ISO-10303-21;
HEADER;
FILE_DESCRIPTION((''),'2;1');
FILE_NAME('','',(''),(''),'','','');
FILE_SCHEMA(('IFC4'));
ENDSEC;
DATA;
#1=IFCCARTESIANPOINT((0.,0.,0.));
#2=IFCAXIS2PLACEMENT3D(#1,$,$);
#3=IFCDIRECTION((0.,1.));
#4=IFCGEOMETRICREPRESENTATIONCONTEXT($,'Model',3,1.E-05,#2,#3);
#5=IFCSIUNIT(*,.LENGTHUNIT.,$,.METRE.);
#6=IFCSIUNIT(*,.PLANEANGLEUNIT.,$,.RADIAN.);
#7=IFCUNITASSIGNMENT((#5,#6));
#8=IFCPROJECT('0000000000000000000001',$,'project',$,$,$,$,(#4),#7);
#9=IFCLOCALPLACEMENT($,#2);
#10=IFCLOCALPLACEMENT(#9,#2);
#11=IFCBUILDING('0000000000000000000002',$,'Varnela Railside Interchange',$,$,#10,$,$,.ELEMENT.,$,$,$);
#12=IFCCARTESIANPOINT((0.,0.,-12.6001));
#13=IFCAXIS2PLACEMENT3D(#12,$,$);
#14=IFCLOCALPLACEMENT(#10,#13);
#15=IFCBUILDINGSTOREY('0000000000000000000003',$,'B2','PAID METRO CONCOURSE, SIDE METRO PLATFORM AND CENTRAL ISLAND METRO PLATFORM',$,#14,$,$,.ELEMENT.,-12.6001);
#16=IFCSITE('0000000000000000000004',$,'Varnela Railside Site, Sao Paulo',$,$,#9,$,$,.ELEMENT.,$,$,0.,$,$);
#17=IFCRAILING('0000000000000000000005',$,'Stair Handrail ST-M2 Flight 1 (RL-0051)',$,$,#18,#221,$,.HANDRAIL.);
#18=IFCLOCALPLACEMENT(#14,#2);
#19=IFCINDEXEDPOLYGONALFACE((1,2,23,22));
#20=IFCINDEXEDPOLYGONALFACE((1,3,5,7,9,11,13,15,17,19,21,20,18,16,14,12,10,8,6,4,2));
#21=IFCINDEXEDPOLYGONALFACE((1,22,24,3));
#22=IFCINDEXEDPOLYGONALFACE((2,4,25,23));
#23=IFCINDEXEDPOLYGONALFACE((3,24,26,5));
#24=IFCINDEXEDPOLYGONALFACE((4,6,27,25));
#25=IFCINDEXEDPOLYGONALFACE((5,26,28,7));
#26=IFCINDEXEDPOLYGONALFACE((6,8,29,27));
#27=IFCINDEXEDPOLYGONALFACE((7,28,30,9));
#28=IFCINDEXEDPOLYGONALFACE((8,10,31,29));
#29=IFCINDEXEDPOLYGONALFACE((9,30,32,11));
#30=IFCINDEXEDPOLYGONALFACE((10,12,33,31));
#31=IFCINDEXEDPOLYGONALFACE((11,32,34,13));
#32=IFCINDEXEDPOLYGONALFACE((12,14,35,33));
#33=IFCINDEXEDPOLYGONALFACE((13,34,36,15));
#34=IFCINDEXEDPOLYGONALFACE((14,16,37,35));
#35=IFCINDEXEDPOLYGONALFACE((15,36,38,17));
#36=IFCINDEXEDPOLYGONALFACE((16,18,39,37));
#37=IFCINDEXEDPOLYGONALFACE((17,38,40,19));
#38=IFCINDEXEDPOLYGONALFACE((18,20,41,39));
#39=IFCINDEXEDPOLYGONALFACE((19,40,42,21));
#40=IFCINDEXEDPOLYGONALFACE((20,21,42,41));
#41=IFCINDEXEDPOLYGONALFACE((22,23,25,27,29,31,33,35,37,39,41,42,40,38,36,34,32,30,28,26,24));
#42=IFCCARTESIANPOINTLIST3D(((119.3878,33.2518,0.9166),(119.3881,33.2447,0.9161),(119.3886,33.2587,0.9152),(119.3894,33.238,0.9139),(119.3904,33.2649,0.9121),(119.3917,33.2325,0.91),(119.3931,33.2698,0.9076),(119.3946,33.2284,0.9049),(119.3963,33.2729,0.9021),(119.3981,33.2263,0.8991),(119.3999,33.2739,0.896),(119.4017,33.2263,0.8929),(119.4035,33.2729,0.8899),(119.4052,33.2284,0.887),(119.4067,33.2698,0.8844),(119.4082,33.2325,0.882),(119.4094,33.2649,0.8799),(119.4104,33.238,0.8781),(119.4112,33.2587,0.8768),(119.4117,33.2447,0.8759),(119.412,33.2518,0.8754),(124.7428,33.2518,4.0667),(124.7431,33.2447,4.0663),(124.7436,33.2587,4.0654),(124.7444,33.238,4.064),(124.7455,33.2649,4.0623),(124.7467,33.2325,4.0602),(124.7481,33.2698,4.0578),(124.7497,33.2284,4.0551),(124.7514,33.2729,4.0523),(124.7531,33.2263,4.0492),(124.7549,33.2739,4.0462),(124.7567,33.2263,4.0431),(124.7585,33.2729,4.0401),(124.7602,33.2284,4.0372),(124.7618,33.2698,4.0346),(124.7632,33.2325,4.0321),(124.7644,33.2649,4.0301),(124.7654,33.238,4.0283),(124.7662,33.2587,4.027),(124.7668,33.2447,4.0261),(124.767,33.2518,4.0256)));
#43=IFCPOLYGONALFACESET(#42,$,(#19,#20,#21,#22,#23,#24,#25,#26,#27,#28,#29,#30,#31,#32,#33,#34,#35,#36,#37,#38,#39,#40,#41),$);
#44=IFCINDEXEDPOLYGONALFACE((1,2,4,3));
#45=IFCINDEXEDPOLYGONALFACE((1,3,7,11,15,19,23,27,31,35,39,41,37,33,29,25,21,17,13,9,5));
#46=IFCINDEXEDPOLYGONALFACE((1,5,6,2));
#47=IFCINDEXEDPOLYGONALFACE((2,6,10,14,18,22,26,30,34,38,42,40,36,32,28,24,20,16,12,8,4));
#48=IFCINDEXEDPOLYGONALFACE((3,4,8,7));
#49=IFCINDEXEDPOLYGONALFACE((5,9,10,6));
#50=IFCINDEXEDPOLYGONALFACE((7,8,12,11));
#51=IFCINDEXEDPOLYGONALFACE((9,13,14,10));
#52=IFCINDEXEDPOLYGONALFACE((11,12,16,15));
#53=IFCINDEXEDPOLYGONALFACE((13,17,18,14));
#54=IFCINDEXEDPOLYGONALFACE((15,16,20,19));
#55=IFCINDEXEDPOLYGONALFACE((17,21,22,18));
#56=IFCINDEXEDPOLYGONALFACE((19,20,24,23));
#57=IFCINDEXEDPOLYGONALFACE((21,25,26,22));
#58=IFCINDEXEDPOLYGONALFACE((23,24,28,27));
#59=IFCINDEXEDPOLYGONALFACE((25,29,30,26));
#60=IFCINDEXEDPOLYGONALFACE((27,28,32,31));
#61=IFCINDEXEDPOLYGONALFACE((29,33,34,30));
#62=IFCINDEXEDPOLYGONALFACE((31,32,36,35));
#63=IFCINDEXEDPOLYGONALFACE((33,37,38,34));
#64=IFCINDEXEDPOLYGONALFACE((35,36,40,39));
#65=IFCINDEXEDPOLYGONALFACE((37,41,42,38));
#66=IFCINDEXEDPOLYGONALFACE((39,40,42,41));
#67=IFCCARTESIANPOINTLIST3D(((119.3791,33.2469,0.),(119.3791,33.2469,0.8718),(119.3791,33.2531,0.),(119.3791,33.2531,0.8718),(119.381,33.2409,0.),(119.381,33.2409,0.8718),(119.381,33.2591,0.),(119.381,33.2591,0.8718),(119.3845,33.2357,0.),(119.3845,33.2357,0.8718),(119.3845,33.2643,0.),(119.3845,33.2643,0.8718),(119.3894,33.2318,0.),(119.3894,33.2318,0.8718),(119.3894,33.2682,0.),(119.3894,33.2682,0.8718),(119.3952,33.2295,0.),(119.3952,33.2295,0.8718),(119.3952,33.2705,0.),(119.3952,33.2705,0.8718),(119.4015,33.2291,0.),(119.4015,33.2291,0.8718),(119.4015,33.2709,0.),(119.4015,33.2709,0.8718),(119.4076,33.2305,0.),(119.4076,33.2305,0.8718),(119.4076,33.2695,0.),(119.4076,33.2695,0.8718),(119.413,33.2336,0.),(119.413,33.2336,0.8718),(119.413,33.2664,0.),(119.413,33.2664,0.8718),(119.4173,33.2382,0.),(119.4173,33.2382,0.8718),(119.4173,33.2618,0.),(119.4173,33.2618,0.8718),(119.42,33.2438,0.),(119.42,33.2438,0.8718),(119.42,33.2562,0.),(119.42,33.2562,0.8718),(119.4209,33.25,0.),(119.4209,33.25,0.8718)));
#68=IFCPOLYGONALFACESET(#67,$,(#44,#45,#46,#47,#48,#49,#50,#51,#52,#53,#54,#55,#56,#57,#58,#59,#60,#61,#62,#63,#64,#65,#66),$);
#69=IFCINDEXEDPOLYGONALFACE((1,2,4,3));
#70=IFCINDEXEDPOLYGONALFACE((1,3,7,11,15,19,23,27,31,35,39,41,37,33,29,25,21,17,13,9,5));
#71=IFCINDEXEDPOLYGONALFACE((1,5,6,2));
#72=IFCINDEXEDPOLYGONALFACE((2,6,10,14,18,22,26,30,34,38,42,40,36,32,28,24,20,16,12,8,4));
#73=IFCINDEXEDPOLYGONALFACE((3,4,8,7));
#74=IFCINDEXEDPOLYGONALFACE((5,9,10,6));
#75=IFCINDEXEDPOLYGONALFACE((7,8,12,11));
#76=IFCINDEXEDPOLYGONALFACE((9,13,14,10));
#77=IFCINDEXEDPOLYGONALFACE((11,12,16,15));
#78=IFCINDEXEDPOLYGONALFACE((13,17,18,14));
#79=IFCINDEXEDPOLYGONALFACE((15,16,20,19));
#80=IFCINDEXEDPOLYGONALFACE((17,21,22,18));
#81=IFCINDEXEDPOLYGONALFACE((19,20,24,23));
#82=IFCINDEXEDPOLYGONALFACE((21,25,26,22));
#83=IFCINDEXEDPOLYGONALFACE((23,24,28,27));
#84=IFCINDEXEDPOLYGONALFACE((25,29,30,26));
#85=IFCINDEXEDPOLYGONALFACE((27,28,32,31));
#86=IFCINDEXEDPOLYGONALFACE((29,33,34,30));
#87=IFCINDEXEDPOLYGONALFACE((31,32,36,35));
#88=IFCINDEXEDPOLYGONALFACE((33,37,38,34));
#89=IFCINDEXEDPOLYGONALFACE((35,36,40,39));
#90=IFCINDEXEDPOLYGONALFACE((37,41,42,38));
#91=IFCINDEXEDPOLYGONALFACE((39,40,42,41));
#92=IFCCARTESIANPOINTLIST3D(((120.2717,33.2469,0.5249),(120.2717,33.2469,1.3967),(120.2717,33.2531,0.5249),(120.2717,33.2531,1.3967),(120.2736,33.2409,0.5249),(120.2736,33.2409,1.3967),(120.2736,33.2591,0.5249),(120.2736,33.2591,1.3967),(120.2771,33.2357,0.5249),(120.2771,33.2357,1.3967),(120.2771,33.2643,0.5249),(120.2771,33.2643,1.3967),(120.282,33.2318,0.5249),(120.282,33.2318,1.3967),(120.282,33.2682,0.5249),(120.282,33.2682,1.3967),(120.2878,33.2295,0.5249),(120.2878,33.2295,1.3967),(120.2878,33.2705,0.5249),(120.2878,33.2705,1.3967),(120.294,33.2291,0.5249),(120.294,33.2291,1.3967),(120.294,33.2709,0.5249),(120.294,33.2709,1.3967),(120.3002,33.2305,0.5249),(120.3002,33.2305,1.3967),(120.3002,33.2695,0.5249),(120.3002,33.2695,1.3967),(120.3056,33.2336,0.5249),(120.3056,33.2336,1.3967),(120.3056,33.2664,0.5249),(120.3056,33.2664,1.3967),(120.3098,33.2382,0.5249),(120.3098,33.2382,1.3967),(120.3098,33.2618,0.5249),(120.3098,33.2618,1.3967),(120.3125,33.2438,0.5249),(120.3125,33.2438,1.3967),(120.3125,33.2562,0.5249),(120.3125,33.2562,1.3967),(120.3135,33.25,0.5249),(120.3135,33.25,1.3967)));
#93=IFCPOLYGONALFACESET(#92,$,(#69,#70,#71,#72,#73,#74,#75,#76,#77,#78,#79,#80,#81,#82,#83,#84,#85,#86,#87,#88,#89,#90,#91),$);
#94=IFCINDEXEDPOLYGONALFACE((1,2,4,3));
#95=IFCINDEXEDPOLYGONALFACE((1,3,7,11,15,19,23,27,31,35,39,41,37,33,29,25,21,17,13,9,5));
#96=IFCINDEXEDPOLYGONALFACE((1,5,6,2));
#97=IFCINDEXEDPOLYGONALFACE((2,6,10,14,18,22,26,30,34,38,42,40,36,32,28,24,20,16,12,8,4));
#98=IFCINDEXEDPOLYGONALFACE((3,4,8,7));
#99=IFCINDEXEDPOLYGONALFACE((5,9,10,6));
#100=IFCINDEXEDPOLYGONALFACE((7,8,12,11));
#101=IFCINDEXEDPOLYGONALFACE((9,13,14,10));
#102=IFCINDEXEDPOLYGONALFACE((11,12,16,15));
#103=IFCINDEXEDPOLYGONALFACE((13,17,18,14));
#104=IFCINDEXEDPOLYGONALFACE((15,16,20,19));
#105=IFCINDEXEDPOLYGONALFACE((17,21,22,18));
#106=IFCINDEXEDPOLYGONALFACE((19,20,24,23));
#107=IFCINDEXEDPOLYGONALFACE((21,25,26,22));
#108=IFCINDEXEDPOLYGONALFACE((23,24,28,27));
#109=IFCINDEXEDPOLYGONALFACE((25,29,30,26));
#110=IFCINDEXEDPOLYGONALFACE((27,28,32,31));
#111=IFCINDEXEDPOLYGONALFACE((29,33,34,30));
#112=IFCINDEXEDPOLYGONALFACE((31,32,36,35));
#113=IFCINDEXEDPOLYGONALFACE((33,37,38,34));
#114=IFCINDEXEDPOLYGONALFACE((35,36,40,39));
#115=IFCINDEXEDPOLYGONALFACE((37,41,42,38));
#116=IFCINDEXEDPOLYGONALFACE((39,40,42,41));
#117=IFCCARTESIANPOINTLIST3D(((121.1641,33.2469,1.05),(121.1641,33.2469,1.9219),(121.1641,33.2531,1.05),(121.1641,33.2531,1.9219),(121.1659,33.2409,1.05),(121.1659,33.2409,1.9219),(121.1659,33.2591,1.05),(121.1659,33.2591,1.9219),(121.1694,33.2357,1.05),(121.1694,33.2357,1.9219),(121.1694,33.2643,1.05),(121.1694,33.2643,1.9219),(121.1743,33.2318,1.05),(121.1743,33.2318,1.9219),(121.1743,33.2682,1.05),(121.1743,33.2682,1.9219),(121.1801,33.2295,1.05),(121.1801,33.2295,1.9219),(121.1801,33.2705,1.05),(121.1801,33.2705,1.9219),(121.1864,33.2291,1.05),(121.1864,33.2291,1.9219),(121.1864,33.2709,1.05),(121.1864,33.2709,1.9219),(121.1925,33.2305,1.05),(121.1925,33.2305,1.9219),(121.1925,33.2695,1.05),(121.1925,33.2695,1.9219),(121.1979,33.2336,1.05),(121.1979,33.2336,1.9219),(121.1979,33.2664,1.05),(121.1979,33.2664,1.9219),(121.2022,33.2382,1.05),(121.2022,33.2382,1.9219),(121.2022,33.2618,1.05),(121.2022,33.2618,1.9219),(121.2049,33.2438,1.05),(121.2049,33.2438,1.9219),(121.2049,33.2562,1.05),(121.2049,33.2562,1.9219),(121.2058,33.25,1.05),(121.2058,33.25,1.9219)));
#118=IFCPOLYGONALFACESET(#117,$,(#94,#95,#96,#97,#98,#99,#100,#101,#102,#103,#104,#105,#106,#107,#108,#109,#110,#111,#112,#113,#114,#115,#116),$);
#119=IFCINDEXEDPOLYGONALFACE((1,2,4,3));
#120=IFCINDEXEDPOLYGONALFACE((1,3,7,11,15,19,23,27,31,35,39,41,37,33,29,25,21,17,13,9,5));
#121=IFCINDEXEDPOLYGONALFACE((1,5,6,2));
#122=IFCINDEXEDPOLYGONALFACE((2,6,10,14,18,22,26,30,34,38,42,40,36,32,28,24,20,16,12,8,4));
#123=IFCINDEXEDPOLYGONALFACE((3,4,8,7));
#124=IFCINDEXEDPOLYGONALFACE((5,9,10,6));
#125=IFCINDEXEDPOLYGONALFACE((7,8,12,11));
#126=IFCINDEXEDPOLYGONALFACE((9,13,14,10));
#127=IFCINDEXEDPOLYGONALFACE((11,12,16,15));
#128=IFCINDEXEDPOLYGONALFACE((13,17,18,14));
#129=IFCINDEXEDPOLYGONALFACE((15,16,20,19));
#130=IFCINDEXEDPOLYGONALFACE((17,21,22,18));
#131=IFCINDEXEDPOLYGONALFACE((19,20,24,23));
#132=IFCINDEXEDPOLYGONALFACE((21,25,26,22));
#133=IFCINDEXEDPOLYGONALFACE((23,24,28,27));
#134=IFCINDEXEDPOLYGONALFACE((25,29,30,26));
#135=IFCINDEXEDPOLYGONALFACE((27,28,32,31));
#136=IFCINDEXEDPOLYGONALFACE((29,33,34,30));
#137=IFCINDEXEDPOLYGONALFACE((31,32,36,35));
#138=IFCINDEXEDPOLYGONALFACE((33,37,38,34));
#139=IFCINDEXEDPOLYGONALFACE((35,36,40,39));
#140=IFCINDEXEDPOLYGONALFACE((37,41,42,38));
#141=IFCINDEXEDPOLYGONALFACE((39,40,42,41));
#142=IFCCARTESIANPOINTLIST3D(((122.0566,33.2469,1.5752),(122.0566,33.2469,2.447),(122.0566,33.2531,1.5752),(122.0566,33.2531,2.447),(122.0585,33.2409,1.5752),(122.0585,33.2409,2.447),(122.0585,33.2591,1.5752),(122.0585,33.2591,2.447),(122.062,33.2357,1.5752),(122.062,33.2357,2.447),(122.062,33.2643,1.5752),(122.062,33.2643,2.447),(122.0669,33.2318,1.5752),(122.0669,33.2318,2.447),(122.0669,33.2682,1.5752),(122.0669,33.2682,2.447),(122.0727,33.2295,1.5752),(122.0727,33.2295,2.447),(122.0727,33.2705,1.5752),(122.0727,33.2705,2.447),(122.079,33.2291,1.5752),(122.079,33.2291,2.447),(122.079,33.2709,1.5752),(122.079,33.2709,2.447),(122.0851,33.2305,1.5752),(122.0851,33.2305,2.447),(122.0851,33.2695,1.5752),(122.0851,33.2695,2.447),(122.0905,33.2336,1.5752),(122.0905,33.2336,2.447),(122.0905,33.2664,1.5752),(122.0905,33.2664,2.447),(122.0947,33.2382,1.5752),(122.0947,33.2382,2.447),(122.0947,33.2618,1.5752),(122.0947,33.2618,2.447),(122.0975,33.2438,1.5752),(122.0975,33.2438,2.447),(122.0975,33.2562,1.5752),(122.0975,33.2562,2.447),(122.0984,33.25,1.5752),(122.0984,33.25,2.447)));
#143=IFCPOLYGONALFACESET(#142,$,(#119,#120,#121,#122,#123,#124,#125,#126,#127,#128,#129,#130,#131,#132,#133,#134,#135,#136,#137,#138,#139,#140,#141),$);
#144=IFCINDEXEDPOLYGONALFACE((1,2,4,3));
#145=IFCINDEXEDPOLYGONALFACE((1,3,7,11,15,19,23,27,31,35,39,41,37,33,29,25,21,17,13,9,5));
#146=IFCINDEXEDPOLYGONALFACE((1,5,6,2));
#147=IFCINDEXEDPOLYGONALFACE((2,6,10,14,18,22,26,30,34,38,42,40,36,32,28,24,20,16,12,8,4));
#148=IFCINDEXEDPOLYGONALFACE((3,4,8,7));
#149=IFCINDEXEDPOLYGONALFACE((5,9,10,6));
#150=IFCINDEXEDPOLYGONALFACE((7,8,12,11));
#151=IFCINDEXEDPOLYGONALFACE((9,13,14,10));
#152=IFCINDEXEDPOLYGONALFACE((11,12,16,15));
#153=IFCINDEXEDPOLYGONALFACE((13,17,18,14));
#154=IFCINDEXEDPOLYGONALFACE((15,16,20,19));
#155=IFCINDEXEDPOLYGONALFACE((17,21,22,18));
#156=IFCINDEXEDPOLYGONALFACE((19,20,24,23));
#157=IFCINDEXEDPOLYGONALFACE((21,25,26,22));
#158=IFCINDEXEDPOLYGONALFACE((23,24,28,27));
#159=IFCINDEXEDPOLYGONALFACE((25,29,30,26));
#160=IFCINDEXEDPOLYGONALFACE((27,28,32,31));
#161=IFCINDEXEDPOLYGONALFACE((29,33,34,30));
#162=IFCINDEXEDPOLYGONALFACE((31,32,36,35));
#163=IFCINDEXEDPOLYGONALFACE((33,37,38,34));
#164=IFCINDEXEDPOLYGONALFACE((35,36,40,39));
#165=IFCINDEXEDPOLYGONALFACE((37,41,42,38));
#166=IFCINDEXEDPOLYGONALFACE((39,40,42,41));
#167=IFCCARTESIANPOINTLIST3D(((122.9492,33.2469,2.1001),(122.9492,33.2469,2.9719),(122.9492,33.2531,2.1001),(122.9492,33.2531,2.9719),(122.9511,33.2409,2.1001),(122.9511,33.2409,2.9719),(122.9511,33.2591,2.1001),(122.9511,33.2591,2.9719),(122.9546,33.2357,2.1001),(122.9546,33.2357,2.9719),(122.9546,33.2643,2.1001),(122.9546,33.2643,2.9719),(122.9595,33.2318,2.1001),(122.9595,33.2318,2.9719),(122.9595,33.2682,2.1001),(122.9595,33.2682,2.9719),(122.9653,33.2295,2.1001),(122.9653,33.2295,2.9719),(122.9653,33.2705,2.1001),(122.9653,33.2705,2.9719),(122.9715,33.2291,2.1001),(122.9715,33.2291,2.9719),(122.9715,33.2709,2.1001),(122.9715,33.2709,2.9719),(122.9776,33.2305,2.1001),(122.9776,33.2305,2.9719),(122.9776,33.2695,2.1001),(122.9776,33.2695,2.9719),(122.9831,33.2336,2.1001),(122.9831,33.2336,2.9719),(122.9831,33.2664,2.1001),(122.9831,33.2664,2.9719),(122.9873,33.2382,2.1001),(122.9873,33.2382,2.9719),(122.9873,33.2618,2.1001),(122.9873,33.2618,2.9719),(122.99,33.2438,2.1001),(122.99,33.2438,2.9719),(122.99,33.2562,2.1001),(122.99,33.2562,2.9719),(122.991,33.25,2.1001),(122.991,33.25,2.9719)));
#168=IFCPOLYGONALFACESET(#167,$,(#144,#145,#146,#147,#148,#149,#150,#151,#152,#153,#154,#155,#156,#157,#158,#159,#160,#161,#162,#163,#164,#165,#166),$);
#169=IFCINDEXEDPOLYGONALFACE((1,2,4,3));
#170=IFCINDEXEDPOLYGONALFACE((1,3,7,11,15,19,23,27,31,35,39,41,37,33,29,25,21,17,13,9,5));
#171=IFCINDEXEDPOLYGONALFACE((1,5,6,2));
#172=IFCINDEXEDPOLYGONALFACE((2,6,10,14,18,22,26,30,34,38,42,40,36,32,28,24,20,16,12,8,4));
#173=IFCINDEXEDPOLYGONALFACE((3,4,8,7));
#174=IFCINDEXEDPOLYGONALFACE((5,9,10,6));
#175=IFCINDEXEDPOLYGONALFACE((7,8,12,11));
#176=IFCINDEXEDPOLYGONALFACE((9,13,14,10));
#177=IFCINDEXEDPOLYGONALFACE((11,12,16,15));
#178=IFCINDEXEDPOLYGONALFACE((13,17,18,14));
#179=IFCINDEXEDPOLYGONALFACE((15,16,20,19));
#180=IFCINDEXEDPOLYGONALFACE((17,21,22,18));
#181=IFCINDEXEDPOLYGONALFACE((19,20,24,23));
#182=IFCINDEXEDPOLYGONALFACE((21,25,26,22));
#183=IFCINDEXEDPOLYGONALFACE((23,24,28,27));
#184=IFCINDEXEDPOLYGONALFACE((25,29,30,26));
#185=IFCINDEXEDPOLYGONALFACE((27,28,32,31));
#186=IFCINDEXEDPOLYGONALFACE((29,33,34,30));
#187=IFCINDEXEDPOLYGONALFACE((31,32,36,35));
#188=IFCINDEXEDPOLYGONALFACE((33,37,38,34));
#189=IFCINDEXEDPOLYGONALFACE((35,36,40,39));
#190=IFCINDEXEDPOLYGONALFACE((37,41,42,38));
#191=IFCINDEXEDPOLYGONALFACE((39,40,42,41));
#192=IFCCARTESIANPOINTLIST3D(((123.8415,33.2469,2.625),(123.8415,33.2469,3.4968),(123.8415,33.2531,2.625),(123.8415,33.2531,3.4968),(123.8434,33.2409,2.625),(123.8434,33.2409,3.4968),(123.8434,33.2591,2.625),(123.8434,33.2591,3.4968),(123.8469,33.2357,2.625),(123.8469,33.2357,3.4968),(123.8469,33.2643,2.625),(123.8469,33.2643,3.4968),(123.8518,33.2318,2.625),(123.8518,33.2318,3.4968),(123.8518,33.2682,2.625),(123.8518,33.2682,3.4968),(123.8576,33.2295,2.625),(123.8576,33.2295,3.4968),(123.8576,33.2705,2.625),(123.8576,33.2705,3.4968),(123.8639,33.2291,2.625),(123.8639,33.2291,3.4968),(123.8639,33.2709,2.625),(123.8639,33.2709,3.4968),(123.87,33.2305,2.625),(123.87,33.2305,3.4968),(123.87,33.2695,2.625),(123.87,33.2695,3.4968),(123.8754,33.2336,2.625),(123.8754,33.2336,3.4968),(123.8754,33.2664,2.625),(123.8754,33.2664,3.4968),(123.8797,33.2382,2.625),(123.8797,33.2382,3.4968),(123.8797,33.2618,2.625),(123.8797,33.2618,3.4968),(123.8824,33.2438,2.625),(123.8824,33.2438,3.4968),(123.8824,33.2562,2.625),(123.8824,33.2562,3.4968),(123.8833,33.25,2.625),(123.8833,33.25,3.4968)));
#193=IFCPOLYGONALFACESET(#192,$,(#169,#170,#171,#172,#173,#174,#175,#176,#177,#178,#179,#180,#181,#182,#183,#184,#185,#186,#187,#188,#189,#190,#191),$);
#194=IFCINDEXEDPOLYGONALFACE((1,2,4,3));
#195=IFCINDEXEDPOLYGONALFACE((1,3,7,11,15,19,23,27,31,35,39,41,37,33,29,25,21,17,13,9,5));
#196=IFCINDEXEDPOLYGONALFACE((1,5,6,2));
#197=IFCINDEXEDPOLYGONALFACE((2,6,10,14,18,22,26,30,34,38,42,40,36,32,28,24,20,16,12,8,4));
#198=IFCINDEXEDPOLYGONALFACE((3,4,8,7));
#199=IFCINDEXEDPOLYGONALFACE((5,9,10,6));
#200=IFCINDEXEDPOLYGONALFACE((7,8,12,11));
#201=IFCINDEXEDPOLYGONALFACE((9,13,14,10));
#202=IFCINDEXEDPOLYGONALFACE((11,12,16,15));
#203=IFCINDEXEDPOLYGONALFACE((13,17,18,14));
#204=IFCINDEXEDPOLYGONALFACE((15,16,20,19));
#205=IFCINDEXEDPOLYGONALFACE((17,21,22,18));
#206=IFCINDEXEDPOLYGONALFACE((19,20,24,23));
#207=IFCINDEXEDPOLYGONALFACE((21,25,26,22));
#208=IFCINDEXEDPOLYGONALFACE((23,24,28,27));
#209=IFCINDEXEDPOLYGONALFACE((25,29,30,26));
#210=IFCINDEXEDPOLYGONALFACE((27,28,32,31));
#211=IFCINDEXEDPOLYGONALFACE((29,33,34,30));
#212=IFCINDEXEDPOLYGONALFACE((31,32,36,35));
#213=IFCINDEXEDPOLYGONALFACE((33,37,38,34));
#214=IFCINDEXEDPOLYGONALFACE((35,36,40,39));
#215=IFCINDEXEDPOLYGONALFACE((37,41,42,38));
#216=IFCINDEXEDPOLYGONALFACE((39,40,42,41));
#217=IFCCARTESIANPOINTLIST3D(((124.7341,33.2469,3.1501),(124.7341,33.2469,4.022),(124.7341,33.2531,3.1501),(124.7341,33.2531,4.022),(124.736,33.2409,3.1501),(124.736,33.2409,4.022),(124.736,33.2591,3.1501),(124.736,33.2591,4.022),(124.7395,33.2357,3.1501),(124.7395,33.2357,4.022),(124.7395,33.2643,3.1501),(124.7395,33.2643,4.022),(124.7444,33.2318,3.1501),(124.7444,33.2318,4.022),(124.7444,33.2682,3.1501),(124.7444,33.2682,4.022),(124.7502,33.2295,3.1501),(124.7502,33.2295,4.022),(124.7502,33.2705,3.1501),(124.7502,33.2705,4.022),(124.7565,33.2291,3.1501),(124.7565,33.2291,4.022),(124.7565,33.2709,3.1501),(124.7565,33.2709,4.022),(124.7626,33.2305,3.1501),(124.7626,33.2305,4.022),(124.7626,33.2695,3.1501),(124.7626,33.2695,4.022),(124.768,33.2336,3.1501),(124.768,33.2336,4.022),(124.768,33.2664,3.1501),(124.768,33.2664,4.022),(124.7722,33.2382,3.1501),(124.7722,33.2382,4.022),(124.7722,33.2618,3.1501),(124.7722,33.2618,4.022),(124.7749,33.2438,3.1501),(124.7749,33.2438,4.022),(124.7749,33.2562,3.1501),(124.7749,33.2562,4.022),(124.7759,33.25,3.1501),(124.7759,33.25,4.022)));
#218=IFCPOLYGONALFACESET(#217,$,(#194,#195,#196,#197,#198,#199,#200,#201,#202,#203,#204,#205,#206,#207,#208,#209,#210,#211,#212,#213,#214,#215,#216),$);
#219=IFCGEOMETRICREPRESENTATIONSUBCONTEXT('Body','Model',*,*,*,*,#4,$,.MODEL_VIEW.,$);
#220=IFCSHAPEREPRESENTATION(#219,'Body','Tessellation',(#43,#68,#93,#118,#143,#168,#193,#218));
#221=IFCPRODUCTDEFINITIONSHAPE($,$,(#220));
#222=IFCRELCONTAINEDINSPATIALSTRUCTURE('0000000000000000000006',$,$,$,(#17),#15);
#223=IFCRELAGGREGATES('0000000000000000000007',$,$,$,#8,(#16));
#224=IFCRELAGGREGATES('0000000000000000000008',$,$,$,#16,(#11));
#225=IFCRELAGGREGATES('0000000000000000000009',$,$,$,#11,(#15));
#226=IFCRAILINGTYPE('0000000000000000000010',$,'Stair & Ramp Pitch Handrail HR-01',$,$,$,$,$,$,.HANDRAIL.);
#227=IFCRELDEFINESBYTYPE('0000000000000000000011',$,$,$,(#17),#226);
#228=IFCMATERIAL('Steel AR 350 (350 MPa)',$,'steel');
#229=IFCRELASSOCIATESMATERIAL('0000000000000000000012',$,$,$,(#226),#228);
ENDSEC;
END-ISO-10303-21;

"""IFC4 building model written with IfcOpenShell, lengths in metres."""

from ifc_helpers import new_model, si_unit, direction, frame, origin, origin_2d, place, context, subcontext, project, spatial, circle, extrude, material, type_object, element, save


model = new_model("IFC4")

# Units and contexts
model_context = context("Model", 3, precision=1e-05, world=origin(), true_north=direction((0.0, 1.0)))
body_context = subcontext(model_context, "Body", "Model", "MODEL_VIEW")
ifc_project = project(units=[si_unit("LENGTHUNIT", "METRE"), si_unit("PLANEANGLEUNIT", "RADIAN")], contexts=[model_context])

# Site, building, storey
site_placement = place(None, origin())
site = spatial("IfcSite", under=ifc_project, at=site_placement, Name="Varnela Railside Site, Sao Paulo", CompositionType="ELEMENT", RefElevation=0.0)
building_placement = place(site_placement, origin())
building = spatial("IfcBuilding", under=site, at=building_placement, Name="Varnela Railside Interchange", CompositionType="ELEMENT")
storey_placement = place(building_placement, frame((0.0, 0.0, -12.6001)))
storey = spatial("IfcBuildingStorey", under=building, at=storey_placement, Name="B2", Description="PAID METRO CONCOURSE, SIDE METRO PLATFORM AND CENTRAL ISLAND METRO PLATFORM", CompositionType="ELEMENT", Elevation=-12.6001)

# Shared definitions
ifc_material_1 = material(Name="Steel AR 350 (350 MPa)", Category="steel")

# Railing
railing_type_1 = type_object("IfcRailingType", Name="Stair & Ramp Pitch Handrail HR-01", PredefinedType="HANDRAIL", material=ifc_material_1)
railing_1_placement = place(storey_placement, frame((119.3999, 33.25, 0.0)))
element("IfcRailing", 1, at=railing_1_placement, inside=storey, type_object=railing_type_1, Name="Stair Handrail ST-M2 Flight 1 (RL-0051)", PredefinedType="HANDRAIL", context=body_context, shape_type="SweptSolid", body=[
    extrude(circle(Radius=0.0239, at=origin_2d()), frame((0.0, 0.0, 0.896), z_axis=(0.861923, 0.0, 0.507039), x_axis=(0.0, 1.0, 0.0)), (0.0, 0.0, 1.0), 6.2129),
    extrude(circle(Radius=0.021, at=origin_2d()), origin(), (0.0, 0.0, 1.0), 0.8718),
    extrude(circle(Radius=0.021, at=origin_2d()), frame((0.8926, 0.0, 0.5249)), (0.0, 0.0, 1.0), 0.8718),
    extrude(circle(Radius=0.021, at=origin_2d()), frame((1.7849, 0.0, 1.05)), (0.0, 0.0, 1.0), 0.8718),
    extrude(circle(Radius=0.021, at=origin_2d()), frame((2.6775, 0.0, 1.5752)), (0.0, 0.0, 1.0), 0.8718),
    extrude(circle(Radius=0.021, at=origin_2d()), frame((3.5701, 0.0, 2.1001)), (0.0, 0.0, 1.0), 0.8718),
    extrude(circle(Radius=0.021, at=origin_2d()), frame((4.4624, 0.0, 2.625)), (0.0, 0.0, 1.0), 0.8718),
    extrude(circle(Radius=0.021, at=origin_2d()), frame((5.355, 0.0, 3.1501)), (0.0, 0.0, 1.0), 0.8718),
])

save(model, "model.ifc")
